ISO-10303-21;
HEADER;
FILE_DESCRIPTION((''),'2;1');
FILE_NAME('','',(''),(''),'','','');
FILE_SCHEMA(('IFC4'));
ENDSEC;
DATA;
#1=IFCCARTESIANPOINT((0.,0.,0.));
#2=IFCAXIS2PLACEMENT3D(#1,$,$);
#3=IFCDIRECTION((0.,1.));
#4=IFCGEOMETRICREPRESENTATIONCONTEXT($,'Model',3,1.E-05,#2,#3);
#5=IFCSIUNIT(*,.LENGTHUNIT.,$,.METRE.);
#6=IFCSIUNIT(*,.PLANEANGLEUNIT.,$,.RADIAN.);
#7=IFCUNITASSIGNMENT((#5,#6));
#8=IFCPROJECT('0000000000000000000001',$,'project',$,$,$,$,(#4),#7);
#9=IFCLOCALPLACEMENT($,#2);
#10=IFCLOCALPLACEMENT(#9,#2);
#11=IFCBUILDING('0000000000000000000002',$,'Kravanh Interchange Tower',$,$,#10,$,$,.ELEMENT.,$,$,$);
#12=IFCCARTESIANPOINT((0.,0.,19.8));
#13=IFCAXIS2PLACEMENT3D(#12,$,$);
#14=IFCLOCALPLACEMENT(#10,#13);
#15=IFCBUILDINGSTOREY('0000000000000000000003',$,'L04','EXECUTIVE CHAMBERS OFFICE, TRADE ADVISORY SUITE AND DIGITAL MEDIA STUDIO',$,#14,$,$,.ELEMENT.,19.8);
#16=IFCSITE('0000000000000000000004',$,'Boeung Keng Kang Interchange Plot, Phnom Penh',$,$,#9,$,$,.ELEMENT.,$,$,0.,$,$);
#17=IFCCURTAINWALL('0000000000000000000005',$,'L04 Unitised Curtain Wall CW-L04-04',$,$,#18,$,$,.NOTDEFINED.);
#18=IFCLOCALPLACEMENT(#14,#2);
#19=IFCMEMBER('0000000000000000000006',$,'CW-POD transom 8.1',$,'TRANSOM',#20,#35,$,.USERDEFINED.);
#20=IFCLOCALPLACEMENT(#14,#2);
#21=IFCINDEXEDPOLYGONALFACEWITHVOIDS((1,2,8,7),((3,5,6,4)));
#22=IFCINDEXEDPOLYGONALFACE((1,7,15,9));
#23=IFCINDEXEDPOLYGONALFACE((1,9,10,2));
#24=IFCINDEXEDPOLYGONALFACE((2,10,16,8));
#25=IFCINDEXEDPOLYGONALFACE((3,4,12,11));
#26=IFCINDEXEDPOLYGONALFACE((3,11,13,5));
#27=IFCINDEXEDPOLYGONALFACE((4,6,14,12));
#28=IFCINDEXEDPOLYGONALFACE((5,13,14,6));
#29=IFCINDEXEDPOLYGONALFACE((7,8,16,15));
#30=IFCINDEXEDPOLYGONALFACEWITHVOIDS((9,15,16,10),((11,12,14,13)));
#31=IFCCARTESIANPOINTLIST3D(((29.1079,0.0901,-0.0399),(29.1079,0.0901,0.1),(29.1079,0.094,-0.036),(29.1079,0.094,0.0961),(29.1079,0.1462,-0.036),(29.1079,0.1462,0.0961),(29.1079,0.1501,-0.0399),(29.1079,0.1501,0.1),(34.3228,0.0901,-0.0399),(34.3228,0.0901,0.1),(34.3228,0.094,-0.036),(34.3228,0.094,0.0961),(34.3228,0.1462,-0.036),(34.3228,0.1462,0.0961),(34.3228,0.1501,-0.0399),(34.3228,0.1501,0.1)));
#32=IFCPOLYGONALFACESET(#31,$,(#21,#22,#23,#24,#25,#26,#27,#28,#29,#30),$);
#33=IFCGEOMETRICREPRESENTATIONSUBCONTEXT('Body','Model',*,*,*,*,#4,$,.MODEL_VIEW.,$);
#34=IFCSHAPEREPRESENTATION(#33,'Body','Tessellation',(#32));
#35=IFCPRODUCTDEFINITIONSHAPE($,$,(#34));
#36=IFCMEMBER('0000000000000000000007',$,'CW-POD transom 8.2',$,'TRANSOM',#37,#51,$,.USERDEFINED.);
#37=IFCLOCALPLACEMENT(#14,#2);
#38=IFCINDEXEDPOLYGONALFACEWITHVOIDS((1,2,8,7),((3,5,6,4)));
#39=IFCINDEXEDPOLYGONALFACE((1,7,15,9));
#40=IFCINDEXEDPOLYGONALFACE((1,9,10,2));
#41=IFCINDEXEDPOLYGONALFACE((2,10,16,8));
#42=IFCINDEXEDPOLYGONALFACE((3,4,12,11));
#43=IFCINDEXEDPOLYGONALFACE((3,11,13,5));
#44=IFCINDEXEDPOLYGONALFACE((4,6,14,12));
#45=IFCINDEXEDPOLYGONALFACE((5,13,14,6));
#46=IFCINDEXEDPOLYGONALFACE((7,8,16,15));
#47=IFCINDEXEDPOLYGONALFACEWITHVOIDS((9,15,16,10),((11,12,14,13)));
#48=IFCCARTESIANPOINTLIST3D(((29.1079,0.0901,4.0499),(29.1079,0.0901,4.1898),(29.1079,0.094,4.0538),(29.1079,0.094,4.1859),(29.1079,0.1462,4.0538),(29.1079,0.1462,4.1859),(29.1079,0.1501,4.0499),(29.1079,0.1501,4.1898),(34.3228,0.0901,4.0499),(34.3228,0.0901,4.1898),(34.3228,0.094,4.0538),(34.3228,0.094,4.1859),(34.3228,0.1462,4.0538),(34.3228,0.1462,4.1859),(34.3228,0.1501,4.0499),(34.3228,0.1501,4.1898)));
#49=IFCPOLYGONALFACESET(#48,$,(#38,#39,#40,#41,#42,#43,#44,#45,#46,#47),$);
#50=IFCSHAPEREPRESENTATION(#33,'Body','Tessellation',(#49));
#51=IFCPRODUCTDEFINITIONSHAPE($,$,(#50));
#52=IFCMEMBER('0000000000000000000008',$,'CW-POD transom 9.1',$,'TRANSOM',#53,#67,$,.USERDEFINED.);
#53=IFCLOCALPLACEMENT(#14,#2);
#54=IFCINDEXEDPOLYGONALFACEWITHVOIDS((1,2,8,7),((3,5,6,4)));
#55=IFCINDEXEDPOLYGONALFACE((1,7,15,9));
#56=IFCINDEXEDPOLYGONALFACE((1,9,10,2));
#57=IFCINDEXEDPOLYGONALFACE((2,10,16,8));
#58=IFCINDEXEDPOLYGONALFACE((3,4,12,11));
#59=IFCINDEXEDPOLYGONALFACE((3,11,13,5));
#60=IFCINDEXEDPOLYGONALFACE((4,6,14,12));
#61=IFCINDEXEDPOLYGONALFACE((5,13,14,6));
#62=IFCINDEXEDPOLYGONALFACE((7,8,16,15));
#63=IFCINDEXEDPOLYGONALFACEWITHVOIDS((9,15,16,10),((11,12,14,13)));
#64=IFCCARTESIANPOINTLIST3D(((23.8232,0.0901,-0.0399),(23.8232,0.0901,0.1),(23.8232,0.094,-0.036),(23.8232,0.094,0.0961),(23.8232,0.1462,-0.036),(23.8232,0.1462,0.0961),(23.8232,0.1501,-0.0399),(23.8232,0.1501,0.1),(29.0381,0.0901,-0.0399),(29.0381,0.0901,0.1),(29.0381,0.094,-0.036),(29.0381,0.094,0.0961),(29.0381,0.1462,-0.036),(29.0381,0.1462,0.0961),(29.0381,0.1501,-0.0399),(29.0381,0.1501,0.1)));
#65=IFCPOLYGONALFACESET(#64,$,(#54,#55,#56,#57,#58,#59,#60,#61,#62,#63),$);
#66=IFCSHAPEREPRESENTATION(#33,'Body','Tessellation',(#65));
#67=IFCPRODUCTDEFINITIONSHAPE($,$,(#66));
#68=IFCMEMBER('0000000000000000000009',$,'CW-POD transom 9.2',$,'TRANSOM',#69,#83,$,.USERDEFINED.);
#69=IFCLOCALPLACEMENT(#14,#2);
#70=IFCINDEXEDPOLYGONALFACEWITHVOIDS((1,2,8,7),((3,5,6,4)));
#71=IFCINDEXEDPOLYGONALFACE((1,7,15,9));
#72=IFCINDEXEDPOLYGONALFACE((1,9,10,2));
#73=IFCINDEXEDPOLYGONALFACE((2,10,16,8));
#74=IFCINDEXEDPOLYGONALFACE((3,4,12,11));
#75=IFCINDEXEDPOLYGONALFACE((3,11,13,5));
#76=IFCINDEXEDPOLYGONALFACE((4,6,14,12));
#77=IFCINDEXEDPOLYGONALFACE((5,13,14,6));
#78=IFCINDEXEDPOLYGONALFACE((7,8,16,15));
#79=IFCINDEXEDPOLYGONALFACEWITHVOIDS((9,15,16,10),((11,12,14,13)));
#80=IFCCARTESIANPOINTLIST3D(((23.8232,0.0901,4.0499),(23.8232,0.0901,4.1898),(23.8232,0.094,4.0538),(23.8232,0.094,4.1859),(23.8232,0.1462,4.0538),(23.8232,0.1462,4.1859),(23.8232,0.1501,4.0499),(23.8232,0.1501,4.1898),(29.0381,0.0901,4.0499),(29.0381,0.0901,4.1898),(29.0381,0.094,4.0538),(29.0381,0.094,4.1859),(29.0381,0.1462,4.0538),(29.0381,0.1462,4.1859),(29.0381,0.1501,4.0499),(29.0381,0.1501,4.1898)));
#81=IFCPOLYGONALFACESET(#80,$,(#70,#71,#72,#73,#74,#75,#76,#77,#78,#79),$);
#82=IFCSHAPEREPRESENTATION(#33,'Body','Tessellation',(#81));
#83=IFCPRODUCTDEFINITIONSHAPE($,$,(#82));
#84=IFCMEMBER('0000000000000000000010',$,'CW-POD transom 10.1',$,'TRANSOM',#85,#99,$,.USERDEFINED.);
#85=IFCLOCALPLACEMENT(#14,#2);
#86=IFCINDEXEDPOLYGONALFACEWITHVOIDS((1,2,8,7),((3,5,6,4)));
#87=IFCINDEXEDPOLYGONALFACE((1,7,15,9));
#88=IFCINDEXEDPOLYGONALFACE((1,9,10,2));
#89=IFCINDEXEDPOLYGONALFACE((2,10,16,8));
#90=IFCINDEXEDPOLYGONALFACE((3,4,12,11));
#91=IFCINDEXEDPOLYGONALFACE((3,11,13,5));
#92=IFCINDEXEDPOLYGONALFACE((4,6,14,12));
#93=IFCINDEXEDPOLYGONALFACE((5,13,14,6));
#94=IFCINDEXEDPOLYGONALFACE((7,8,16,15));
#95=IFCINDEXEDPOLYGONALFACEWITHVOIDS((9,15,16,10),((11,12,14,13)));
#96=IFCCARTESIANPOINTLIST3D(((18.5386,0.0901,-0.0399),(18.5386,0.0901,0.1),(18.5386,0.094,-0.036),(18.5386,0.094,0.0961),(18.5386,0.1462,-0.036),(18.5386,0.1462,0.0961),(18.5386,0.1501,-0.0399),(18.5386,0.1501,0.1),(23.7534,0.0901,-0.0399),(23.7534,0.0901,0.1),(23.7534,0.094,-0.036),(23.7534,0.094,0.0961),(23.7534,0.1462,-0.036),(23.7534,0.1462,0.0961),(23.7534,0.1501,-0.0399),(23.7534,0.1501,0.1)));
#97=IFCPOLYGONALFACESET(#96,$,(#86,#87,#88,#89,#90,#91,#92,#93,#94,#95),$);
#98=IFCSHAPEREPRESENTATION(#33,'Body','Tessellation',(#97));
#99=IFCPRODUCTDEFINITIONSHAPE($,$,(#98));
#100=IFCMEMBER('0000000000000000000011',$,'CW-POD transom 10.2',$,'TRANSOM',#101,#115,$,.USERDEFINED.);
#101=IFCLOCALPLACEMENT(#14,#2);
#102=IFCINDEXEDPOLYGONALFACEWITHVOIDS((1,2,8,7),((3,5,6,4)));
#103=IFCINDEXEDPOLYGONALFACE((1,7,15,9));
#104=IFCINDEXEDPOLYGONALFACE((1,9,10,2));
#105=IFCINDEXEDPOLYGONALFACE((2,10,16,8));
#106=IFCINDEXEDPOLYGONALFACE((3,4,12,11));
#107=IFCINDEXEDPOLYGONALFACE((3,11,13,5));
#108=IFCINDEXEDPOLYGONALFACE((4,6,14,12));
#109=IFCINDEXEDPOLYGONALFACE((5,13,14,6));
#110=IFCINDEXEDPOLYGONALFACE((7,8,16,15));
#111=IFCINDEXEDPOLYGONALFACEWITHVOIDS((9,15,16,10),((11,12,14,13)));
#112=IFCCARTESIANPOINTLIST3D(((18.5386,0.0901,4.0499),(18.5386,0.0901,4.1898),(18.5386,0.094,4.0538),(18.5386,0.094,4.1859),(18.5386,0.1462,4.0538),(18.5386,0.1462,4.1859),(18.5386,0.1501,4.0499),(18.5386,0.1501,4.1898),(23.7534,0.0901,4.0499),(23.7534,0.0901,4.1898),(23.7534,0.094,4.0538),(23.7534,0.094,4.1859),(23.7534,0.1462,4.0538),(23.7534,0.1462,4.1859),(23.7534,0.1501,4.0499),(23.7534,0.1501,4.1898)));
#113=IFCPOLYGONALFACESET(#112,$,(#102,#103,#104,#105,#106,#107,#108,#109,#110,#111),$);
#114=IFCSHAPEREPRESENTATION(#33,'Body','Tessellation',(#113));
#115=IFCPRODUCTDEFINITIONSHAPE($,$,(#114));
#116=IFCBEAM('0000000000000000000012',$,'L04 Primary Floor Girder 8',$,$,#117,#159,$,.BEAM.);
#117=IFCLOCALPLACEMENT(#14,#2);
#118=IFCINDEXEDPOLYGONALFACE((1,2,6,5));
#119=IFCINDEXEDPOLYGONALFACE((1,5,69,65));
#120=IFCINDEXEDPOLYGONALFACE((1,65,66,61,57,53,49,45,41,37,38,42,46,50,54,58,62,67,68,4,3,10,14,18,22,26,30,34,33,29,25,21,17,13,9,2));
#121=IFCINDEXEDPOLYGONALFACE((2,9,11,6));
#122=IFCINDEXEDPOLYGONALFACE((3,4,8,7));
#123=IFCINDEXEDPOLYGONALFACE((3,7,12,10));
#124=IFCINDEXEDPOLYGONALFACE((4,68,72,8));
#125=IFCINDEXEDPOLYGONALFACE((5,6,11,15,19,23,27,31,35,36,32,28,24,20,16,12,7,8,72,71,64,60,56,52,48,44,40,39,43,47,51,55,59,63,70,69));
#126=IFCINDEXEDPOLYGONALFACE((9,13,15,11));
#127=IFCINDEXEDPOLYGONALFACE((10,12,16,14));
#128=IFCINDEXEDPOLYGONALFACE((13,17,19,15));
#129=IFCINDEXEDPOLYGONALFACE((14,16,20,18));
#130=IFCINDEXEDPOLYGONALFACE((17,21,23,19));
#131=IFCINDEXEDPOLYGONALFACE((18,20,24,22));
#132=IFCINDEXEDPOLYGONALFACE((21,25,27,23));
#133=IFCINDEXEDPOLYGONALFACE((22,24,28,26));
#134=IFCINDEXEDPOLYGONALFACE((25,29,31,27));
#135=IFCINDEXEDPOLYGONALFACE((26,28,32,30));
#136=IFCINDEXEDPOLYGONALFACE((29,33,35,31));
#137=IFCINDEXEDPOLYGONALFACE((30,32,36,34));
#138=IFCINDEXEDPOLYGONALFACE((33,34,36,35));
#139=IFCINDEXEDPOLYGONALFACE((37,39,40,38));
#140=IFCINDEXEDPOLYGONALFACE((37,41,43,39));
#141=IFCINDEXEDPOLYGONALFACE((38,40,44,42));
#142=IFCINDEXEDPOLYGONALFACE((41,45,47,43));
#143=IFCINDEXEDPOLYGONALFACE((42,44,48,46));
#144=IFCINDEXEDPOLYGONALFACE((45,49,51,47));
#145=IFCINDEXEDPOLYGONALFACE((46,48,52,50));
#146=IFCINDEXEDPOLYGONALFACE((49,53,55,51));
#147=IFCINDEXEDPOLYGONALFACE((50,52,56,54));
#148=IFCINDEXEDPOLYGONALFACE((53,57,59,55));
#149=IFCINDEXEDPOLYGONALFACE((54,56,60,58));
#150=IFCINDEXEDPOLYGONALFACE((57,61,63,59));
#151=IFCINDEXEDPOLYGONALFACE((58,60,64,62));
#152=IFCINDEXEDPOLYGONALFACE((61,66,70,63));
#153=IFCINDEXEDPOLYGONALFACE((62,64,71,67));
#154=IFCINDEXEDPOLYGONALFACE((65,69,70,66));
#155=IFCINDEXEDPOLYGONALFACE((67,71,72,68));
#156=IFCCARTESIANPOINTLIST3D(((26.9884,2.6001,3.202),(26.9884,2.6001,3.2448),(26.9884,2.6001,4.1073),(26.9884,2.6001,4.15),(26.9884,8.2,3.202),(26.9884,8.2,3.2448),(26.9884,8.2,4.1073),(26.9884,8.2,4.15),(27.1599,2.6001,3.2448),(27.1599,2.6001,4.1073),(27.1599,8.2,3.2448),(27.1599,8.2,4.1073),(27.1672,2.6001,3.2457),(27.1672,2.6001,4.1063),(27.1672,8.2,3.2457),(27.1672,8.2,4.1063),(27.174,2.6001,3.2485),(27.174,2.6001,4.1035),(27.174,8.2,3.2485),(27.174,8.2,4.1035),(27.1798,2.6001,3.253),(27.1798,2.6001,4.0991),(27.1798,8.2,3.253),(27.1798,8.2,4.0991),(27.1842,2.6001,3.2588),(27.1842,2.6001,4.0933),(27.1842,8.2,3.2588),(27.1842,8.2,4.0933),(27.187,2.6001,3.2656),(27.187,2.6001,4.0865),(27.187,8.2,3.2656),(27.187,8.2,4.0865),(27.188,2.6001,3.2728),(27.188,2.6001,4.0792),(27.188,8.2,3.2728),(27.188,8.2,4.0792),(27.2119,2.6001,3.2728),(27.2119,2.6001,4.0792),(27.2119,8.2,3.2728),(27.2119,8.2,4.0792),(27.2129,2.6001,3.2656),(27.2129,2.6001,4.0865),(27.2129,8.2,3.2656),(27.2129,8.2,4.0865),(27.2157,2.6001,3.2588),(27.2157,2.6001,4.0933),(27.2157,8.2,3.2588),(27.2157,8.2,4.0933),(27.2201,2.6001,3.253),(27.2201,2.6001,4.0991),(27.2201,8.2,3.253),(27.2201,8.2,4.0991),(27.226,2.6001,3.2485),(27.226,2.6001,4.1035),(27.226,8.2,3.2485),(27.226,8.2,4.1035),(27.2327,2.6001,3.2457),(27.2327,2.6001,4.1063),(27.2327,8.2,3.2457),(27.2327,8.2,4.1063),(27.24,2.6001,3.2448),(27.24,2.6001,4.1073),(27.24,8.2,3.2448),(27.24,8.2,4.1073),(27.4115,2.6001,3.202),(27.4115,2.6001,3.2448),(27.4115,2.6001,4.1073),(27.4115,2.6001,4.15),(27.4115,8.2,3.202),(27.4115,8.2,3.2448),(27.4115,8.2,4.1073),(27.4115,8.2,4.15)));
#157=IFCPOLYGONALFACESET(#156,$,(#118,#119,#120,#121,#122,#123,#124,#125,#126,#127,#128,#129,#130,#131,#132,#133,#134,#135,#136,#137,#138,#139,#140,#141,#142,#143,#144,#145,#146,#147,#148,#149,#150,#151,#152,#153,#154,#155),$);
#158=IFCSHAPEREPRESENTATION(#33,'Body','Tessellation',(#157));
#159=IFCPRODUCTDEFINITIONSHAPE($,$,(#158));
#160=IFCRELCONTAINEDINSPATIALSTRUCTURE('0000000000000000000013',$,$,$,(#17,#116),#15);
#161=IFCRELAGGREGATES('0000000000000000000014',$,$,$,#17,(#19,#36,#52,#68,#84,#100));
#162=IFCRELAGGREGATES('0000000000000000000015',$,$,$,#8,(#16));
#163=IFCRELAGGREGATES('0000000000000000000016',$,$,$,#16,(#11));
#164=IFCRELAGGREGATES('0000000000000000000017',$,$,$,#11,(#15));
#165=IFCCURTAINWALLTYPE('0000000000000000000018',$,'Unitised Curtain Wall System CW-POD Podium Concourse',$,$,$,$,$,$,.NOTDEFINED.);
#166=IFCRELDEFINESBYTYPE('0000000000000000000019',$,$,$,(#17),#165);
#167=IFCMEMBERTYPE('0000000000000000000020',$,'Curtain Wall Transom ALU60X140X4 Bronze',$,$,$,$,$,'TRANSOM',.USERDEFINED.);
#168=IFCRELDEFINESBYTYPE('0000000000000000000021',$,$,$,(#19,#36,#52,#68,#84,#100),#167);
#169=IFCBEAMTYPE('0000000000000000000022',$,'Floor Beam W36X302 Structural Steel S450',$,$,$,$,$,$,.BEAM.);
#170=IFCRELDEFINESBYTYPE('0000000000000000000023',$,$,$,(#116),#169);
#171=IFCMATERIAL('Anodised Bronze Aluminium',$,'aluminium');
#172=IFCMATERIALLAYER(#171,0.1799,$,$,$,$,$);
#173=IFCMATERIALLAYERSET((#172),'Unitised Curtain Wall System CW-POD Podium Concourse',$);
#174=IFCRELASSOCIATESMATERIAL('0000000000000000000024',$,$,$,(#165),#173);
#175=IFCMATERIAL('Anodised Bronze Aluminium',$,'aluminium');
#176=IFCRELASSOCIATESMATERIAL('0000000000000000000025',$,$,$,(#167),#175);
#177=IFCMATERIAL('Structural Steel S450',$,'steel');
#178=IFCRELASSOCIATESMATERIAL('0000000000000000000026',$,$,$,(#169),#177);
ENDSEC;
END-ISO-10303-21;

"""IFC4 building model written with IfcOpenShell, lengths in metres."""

from ifc_helpers import new_model, si_unit, direction, frame, origin, origin_2d, place, context, subcontext, project, spatial, hollow_rectangle, i_section, extrude, material, layer, layer_set, material_profile, profile_set, type_object, element, aggregate, save


model = new_model("IFC4")

# Units and contexts
model_context = context("Model", 3, precision=1e-05, world=origin(), true_north=direction((0.0, 1.0)))
body_context = subcontext(model_context, "Body", "Model", "MODEL_VIEW")
ifc_project = project(units=[si_unit("LENGTHUNIT", "METRE"), si_unit("PLANEANGLEUNIT", "RADIAN")], contexts=[model_context])

# Site, building, storey
site_placement = place(None, origin())
site = spatial("IfcSite", under=ifc_project, at=site_placement, Name="Boeung Keng Kang Interchange Plot, Phnom Penh", CompositionType="ELEMENT", RefElevation=0.0)
building_placement = place(site_placement, origin())
building = spatial("IfcBuilding", under=site, at=building_placement, Name="Kravanh Interchange Tower", CompositionType="ELEMENT")
storey_placement = place(building_placement, frame((0.0, 0.0, 19.8)))
storey = spatial("IfcBuildingStorey", under=building, at=storey_placement, Name="L04", Description="EXECUTIVE CHAMBERS OFFICE, TRADE ADVISORY SUITE AND DIGITAL MEDIA STUDIO", CompositionType="ELEMENT", Elevation=19.8)

# Curtain wall, members
ifc_material_1 = material(Name="Anodised Bronze Aluminium", Category="aluminium")
ifc_layer_1 = layer(ifc_material_1, 0.1799)
ifc_layer_set_1 = layer_set([ifc_layer_1], Name="Unitised Curtain Wall System CW-POD Podium Concourse")
curtain_wall_type = type_object("IfcCurtainWallType", Name="Unitised Curtain Wall System CW-POD Podium Concourse", PredefinedType="NOTDEFINED", material=ifc_layer_set_1)
curtain_wall_placement = place(storey_placement, origin())
curtain_wall = element("IfcCurtainWall", 1, at=curtain_wall_placement, inside=storey, type_object=curtain_wall_type, Name="L04 Unitised Curtain Wall CW-L04-04", PredefinedType="NOTDEFINED")
ifc_material_2 = material(Name="Anodised Bronze Aluminium", Category="aluminium")
ifc_material_profile_1 = material_profile(ifc_material_2, hollow_rectangle(XDim=0.0601, YDim=0.1399, WallThickness=0.0039, at=origin_2d()), Name="ALU60X140X4")
ifc_profile_set_1 = profile_set([ifc_material_profile_1], Name="Anodised Bronze Aluminium")
member_type_1 = type_object("IfcMemberType", Name="Curtain Wall Transom ALU60X140X4 Bronze", ElementType="TRANSOM", PredefinedType="USERDEFINED", material=ifc_profile_set_1)
member_1_placement = place(storey_placement, frame((34.3228, 0.1201, 0.03), z_axis=(-1.0, 0.0, 0.0), x_axis=(0.0, -1.0, 0.0)))
member_1 = element("IfcMember", 2, at=member_1_placement, type_object=member_type_1, Name="CW-POD transom 8.1", ObjectType="TRANSOM", PredefinedType="USERDEFINED", context=body_context, shape_type="SweptSolid", body=[
    extrude(hollow_rectangle(XDim=0.0601, YDim=0.1399, WallThickness=0.0039, at=origin_2d()), origin(), (0.0, 0.0, 1.0), 5.2148),
])
member_2_placement = place(storey_placement, frame((34.3228, 0.1201, 4.1199), z_axis=(-1.0, 0.0, 0.0), x_axis=(0.0, -1.0, 0.0)))
member_2 = element("IfcMember", 3, at=member_2_placement, type_object=member_type_1, Name="CW-POD transom 8.2", ObjectType="TRANSOM", PredefinedType="USERDEFINED", context=body_context, shape_type="SweptSolid", body=[
    extrude(hollow_rectangle(XDim=0.0601, YDim=0.1399, WallThickness=0.0039, at=origin_2d()), origin(), (0.0, 0.0, 1.0), 5.2148),
])
member_3_placement = place(storey_placement, frame((29.0381, 0.1201, 0.03), z_axis=(-1.0, 0.0, 0.0), x_axis=(0.0, -1.0, 0.0)))
member_3 = element("IfcMember", 4, at=member_3_placement, type_object=member_type_1, Name="CW-POD transom 9.1", ObjectType="TRANSOM", PredefinedType="USERDEFINED", context=body_context, shape_type="SweptSolid", body=[
    extrude(hollow_rectangle(XDim=0.0601, YDim=0.1399, WallThickness=0.0039, at=origin_2d()), origin(), (0.0, 0.0, 1.0), 5.2148),
])
member_4_placement = place(storey_placement, frame((29.0381, 0.1201, 4.1199), z_axis=(-1.0, 0.0, 0.0), x_axis=(0.0, -1.0, 0.0)))
member_4 = element("IfcMember", 5, at=member_4_placement, type_object=member_type_1, Name="CW-POD transom 9.2", ObjectType="TRANSOM", PredefinedType="USERDEFINED", context=body_context, shape_type="SweptSolid", body=[
    extrude(hollow_rectangle(XDim=0.0601, YDim=0.1399, WallThickness=0.0039, at=origin_2d()), origin(), (0.0, 0.0, 1.0), 5.2148),
])
member_5_placement = place(storey_placement, frame((23.7534, 0.1201, 0.03), z_axis=(-1.0, 0.0, 0.0), x_axis=(0.0, -1.0, 0.0)))
member_5 = element("IfcMember", 6, at=member_5_placement, type_object=member_type_1, Name="CW-POD transom 10.1", ObjectType="TRANSOM", PredefinedType="USERDEFINED", context=body_context, shape_type="SweptSolid", body=[
    extrude(hollow_rectangle(XDim=0.0601, YDim=0.1399, WallThickness=0.0039, at=origin_2d()), origin(), (0.0, 0.0, 1.0), 5.2148),
])
member_6_placement = place(storey_placement, frame((23.7534, 0.1201, 4.1199), z_axis=(-1.0, 0.0, 0.0), x_axis=(0.0, -1.0, 0.0)))
member_6 = element("IfcMember", 7, at=member_6_placement, type_object=member_type_1, Name="CW-POD transom 10.2", ObjectType="TRANSOM", PredefinedType="USERDEFINED", context=body_context, shape_type="SweptSolid", body=[
    extrude(hollow_rectangle(XDim=0.0601, YDim=0.1399, WallThickness=0.0039, at=origin_2d()), origin(), (0.0, 0.0, 1.0), 5.2148),
])

# Beam
ifc_material_3 = material(Name="Structural Steel S450", Category="steel")
ifc_material_profile_2 = material_profile(ifc_material_3, i_section(OverallWidth=0.4231, OverallDepth=0.948, WebThickness=0.0239, FlangeThickness=0.0427, FilletRadius=0.0281, at=origin_2d()), Name="W36X302")
ifc_profile_set_2 = profile_set([ifc_material_profile_2], Name="Structural Steel S450")
beam_type_1 = type_object("IfcBeamType", Name="Floor Beam W36X302 Structural Steel S450", PredefinedType="BEAM", material=ifc_profile_set_2)
beam_1_placement = place(storey_placement, frame((27.2, 2.6001, 3.676), z_axis=(0.0, 1.0, 0.0), x_axis=(-1.0, 0.0, 0.0)))
element("IfcBeam", 8, at=beam_1_placement, inside=storey, type_object=beam_type_1, Name="L04 Primary Floor Girder 8", PredefinedType="BEAM", context=body_context, shape_type="SweptSolid", body=[
    extrude(i_section(OverallWidth=0.4231, OverallDepth=0.948, WebThickness=0.0239, FlangeThickness=0.0427, FilletRadius=0.0281, at=origin_2d()), origin(), (0.0, 0.0, 1.0), 5.5999),
])

aggregate(curtain_wall, [member_1, member_2, member_3, member_4, member_5, member_6])

save(model, "model.ifc")
